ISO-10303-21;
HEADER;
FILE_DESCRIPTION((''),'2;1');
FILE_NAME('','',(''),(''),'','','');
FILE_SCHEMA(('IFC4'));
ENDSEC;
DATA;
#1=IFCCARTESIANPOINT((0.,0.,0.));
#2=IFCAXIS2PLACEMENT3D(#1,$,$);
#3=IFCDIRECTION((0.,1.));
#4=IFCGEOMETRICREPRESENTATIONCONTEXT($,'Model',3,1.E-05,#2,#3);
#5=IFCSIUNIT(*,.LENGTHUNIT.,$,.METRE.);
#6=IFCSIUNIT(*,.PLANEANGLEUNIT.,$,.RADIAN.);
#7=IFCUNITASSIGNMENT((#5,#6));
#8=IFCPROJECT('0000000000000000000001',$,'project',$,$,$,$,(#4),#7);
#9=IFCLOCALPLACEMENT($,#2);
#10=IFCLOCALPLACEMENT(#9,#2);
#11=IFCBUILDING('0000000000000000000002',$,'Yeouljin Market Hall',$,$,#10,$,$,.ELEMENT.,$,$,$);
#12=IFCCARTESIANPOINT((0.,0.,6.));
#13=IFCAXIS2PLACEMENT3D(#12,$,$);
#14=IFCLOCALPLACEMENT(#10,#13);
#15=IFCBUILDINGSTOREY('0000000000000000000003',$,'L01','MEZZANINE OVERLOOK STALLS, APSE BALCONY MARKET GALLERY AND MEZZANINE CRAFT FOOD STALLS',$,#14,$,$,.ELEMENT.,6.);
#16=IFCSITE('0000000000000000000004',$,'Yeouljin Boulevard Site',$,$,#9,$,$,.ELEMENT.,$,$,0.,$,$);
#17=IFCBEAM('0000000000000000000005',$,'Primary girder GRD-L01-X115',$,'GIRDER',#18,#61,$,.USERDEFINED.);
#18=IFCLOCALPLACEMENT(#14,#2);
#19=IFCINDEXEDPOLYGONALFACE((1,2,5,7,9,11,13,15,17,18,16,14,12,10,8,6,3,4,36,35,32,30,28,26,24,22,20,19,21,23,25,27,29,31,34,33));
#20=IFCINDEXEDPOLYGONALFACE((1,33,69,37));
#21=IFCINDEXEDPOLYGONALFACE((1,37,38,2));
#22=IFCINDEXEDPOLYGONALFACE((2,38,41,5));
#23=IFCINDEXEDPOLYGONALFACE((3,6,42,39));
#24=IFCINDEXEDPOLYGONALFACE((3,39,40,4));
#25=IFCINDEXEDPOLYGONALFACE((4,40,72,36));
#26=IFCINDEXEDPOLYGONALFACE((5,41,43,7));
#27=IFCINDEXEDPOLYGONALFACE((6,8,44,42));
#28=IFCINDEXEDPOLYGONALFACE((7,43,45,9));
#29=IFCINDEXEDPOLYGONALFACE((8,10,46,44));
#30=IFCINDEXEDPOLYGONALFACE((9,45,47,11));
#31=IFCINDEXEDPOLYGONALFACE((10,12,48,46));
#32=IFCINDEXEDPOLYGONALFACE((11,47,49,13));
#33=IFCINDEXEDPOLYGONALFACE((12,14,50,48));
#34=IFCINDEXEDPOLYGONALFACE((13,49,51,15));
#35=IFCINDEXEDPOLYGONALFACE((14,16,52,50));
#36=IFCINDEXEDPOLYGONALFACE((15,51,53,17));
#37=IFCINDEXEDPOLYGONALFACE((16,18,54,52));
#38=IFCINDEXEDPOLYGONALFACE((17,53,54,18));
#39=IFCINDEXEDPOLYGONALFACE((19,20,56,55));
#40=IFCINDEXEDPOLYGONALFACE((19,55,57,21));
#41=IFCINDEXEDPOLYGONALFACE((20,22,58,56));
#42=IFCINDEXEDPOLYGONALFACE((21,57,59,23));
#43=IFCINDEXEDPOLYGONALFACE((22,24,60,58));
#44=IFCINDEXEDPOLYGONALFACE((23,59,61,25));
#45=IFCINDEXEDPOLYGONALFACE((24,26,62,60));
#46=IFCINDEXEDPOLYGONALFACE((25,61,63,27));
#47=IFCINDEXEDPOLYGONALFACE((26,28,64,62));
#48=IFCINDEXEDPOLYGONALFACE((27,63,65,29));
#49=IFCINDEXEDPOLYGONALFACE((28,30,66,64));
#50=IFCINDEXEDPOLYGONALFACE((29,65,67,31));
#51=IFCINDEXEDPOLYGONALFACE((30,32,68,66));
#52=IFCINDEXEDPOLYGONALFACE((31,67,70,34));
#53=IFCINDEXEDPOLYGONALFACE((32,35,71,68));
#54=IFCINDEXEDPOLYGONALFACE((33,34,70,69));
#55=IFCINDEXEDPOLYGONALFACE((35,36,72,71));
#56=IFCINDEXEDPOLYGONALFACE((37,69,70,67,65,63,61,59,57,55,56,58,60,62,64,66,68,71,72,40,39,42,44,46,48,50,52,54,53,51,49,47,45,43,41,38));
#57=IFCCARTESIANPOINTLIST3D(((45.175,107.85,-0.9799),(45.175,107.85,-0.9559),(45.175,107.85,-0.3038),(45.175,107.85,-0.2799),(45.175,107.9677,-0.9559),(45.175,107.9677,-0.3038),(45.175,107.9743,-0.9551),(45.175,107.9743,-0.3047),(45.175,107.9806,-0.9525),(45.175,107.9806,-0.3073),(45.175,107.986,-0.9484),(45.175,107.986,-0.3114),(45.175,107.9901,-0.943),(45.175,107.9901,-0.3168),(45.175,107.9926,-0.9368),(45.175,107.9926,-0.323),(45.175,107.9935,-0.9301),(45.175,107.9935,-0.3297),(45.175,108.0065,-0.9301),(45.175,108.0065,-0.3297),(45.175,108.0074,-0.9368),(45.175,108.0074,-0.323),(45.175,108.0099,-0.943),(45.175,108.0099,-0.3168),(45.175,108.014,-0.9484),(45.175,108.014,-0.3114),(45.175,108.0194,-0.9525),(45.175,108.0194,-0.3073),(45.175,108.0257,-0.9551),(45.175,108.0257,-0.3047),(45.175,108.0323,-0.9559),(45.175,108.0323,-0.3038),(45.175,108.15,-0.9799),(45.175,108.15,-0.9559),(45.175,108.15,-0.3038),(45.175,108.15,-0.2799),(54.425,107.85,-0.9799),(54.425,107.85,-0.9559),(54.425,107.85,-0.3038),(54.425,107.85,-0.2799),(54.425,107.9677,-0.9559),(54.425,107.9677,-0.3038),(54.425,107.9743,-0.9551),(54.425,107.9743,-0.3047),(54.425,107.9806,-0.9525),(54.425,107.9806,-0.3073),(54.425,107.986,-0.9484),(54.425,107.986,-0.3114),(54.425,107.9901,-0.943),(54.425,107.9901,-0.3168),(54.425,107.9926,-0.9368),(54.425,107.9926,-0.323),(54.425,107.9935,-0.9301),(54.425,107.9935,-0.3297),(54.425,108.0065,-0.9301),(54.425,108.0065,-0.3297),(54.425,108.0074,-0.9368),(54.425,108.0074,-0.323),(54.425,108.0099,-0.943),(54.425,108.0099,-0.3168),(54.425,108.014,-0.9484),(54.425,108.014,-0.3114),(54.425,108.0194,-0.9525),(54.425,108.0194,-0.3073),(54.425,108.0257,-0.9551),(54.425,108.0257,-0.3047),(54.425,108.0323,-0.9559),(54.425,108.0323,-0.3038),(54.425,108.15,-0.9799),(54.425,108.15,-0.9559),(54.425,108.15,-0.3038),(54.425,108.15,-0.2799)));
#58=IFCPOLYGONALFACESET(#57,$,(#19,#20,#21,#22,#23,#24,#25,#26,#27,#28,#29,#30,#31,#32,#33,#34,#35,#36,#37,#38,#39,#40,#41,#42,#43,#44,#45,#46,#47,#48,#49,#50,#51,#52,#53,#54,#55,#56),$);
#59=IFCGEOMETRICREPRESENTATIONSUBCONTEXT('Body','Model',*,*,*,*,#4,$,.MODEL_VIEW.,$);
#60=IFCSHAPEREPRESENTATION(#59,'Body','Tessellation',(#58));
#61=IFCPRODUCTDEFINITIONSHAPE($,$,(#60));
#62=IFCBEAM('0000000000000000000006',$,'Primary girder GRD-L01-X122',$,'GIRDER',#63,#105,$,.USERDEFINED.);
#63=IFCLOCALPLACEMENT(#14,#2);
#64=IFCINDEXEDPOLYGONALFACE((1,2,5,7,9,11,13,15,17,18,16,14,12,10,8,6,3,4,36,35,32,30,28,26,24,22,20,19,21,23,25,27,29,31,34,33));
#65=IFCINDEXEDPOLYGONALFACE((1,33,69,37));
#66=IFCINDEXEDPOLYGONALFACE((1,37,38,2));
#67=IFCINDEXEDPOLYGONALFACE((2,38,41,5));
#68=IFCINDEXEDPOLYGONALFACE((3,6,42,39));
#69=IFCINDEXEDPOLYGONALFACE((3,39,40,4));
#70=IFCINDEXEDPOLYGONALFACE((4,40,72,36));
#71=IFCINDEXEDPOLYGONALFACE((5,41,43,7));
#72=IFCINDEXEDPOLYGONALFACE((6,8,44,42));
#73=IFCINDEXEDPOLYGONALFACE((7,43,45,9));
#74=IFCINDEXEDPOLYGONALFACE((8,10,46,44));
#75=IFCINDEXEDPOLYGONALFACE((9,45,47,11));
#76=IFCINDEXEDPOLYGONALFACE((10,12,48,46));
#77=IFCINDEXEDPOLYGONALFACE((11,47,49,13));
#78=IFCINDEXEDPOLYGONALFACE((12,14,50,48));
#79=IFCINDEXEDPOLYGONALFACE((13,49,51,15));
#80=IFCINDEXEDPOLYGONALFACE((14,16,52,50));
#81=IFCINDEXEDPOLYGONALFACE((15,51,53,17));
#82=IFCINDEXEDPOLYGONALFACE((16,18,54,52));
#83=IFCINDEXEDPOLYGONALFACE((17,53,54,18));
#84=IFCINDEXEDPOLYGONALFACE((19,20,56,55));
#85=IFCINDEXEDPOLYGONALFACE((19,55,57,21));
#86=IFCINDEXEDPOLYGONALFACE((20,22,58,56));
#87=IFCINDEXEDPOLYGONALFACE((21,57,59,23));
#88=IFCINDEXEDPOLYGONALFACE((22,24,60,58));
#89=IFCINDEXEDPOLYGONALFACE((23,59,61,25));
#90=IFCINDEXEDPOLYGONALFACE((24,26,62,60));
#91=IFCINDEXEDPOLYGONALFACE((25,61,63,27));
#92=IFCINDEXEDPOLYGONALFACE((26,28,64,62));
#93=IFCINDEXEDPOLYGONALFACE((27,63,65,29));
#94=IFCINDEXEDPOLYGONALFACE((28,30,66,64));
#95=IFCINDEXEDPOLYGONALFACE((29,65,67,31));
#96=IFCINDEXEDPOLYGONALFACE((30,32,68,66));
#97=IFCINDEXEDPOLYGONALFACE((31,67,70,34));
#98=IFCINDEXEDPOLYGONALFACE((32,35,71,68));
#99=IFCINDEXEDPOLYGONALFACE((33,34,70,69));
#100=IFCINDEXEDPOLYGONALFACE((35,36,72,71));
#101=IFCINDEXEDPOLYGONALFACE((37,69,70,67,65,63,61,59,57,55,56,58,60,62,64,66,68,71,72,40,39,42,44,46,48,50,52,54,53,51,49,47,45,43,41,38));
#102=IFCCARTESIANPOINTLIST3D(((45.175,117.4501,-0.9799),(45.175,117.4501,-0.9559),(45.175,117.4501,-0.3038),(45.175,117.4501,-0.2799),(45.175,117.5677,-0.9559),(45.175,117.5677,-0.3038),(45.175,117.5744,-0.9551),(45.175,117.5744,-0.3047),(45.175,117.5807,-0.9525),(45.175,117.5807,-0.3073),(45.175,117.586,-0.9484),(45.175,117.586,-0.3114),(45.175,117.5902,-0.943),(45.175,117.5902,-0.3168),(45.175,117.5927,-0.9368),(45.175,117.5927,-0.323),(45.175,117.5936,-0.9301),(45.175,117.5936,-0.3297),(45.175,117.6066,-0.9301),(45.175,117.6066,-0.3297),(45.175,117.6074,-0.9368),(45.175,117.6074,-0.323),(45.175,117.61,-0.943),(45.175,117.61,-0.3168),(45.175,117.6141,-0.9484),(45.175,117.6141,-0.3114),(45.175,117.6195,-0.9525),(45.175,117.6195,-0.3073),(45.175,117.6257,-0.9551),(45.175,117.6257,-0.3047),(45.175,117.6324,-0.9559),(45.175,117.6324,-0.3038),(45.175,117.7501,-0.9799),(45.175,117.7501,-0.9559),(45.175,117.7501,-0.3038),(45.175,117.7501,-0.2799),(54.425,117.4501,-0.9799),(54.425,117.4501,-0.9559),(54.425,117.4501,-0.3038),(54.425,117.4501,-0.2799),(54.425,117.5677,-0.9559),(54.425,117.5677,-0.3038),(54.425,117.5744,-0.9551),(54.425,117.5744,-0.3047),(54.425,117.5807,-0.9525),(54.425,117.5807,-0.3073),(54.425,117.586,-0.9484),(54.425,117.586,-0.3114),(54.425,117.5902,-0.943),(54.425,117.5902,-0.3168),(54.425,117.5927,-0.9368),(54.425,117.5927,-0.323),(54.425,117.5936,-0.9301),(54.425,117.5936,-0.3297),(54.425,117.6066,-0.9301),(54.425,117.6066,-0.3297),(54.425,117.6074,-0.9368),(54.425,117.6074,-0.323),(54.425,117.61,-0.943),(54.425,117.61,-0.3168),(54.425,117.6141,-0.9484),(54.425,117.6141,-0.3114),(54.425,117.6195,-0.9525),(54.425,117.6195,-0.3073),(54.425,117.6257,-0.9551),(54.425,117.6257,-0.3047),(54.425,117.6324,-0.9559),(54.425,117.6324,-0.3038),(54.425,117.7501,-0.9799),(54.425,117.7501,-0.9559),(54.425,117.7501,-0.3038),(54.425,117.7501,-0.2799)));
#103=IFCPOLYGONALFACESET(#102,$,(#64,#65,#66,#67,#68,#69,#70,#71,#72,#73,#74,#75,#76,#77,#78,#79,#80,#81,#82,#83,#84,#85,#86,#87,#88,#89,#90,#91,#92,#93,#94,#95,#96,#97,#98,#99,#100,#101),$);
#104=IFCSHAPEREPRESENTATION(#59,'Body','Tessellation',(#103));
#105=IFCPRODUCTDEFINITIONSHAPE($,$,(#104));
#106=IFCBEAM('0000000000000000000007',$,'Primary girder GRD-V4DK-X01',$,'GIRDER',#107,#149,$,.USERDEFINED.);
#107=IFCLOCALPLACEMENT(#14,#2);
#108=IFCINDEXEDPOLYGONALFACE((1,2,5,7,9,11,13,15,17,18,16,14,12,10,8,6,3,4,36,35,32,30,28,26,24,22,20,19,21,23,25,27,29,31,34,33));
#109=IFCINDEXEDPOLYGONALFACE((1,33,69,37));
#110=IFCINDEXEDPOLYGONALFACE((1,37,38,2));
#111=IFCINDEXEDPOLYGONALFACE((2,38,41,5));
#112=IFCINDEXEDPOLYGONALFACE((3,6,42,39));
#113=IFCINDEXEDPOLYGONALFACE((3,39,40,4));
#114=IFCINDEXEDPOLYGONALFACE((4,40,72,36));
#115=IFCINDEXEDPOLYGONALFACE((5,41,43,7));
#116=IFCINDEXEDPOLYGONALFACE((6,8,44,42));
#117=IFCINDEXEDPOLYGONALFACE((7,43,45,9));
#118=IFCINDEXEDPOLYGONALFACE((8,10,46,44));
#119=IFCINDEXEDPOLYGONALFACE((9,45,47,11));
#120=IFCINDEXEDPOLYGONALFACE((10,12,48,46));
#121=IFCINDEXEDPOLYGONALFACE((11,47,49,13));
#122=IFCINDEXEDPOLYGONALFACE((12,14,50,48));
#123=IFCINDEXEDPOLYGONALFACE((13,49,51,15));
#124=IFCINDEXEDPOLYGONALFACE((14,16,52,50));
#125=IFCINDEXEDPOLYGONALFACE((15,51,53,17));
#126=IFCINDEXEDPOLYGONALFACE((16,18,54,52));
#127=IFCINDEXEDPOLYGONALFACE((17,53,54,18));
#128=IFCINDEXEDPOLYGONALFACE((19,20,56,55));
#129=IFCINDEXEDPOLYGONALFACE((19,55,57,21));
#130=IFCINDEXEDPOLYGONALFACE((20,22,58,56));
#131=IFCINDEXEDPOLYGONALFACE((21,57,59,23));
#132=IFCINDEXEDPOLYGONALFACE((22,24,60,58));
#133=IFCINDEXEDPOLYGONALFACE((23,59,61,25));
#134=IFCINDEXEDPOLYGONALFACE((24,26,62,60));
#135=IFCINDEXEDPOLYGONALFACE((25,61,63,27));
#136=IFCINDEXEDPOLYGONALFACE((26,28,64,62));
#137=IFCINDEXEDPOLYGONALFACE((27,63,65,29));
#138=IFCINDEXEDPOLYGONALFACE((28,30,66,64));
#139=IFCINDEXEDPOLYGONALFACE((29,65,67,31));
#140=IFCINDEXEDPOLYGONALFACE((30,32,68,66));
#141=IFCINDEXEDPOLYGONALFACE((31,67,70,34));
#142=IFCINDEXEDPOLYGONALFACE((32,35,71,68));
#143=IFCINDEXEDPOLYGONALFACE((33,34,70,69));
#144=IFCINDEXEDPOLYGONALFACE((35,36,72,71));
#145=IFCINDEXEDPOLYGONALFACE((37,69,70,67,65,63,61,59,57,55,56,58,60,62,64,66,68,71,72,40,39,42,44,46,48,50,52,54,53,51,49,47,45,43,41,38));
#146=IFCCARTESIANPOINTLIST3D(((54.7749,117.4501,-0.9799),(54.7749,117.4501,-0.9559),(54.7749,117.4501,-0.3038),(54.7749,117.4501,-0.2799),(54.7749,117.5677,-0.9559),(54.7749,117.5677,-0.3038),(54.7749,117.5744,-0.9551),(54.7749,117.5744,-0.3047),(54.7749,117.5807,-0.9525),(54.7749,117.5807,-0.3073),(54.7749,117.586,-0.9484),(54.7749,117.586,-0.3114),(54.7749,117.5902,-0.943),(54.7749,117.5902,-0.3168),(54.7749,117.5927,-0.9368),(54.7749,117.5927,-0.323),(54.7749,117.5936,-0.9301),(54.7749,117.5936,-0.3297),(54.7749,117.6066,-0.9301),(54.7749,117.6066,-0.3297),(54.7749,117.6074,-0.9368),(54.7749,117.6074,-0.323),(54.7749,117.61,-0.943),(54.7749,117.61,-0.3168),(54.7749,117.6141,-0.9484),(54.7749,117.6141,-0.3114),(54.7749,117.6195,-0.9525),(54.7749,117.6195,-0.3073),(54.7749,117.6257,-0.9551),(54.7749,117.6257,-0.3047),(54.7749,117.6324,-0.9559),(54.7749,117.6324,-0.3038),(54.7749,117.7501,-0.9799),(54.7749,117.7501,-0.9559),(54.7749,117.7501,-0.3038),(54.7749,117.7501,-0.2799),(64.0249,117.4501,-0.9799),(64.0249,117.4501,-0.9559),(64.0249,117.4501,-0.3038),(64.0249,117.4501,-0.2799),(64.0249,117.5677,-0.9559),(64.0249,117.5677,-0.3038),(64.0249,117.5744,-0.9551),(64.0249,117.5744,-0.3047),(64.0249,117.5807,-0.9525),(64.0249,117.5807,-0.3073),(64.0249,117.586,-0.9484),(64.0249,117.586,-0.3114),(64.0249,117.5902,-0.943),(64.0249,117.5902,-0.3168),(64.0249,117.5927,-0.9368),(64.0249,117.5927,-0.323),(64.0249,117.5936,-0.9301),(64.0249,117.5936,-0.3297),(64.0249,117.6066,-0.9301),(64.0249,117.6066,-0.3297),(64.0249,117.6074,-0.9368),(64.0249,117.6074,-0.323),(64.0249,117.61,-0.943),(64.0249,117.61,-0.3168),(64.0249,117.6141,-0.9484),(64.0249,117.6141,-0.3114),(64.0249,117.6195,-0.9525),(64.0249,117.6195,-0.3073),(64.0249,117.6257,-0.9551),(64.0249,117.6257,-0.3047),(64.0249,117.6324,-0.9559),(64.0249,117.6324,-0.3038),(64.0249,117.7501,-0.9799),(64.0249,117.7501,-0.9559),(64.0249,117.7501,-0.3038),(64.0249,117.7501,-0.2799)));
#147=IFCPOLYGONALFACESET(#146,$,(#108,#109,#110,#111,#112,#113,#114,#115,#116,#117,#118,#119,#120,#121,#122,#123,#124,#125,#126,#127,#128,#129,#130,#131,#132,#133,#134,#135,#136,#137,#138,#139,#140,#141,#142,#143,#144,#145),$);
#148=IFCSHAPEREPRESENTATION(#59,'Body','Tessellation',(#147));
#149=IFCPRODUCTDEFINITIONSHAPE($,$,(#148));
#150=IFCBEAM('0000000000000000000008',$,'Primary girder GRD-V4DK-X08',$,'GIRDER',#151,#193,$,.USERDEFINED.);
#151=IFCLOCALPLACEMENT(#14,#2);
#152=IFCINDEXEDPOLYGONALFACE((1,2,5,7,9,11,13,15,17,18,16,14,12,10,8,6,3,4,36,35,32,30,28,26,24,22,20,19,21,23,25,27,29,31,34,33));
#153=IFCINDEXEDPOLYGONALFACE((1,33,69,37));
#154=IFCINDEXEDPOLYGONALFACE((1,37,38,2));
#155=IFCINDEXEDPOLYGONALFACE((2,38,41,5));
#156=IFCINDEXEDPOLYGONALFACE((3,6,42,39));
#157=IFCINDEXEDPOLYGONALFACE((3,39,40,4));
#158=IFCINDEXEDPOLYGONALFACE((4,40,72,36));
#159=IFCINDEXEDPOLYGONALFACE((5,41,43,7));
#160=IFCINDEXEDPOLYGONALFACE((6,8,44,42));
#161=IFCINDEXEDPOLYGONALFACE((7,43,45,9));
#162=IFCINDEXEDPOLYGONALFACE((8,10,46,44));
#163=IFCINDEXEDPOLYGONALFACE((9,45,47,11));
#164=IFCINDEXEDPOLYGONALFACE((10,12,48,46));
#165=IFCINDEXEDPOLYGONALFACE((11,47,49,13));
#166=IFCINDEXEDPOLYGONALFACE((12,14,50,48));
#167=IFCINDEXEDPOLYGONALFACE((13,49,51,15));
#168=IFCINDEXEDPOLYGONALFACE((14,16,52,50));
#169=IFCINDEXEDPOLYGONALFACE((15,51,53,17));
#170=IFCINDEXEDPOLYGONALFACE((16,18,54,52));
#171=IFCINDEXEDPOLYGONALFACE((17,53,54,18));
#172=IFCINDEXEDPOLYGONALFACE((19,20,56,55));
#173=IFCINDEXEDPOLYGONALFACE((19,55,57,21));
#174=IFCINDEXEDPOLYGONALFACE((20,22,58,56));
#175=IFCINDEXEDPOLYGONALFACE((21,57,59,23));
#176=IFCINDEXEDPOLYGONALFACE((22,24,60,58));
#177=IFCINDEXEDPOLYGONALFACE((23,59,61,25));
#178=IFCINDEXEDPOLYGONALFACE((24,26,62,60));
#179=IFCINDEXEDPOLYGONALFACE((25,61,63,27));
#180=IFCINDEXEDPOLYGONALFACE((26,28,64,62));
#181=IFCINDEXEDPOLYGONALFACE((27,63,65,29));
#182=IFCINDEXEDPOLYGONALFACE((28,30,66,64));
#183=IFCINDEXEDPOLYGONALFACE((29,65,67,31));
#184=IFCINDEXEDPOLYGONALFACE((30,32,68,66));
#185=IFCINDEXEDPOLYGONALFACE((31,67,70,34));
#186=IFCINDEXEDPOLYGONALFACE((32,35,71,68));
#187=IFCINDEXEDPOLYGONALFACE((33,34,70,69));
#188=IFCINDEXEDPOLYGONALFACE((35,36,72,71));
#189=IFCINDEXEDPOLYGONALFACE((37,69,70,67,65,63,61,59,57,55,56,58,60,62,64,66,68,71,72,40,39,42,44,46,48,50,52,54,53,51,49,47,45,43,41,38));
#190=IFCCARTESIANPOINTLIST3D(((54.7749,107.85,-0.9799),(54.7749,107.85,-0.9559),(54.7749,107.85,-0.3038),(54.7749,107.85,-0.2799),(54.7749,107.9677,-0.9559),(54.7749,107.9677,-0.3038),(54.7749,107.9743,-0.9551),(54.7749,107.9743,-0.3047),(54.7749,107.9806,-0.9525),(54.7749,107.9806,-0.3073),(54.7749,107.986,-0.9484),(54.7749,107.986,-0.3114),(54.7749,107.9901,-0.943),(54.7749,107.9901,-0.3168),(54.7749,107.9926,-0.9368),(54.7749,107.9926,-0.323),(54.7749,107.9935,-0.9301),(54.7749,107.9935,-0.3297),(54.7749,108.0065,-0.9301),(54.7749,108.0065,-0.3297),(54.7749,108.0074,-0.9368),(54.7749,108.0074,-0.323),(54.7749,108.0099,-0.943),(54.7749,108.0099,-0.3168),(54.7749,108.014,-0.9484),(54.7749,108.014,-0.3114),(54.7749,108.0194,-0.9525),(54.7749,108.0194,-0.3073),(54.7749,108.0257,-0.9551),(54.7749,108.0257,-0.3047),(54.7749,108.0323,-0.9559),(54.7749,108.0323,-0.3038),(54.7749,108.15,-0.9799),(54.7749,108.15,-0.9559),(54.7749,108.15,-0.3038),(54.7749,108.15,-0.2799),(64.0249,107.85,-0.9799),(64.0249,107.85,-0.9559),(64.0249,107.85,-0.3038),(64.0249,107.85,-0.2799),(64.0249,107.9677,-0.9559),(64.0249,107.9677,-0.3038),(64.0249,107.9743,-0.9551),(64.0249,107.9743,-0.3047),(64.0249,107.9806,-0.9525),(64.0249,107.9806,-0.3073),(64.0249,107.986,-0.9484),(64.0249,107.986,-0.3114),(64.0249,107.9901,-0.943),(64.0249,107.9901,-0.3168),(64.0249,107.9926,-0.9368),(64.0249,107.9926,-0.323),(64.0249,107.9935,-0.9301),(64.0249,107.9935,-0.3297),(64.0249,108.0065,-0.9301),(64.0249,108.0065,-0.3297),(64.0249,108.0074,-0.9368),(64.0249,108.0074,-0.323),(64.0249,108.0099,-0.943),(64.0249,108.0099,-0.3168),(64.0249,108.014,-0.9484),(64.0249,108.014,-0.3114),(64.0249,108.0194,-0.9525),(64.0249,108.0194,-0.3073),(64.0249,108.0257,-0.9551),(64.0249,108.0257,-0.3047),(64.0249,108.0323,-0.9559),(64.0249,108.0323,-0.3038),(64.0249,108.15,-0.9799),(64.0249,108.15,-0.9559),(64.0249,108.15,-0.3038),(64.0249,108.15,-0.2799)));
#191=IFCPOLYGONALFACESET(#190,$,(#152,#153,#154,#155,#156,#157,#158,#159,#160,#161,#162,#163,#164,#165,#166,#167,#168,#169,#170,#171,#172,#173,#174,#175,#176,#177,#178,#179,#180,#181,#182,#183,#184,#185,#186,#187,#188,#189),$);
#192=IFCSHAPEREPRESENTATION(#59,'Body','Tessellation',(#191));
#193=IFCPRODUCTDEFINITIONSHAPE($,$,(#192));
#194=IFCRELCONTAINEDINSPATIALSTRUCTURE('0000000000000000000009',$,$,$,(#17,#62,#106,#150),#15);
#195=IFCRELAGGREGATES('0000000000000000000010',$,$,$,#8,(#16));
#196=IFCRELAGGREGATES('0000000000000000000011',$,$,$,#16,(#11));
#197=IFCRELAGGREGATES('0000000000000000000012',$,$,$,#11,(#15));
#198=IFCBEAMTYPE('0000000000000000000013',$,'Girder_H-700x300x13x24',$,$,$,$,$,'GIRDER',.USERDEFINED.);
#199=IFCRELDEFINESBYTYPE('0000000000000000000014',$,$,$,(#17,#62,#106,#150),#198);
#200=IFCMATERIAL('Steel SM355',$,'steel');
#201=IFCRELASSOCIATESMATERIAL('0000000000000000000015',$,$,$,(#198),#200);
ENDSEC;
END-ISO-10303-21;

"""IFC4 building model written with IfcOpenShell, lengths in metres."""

from ifc_helpers import new_model, si_unit, direction, frame, origin, origin_2d, place, context, subcontext, project, spatial, i_section, extrude, material, material_profile, profile_set, type_object, element, save


model = new_model("IFC4")

# Units and contexts
model_context = context("Model", 3, precision=1e-05, world=origin(), true_north=direction((0.0, 1.0)))
body_context = subcontext(model_context, "Body", "Model", "MODEL_VIEW")
ifc_project = project(units=[si_unit("LENGTHUNIT", "METRE"), si_unit("PLANEANGLEUNIT", "RADIAN")], contexts=[model_context])

# Site, building, storey
site_placement = place(None, origin())
site = spatial("IfcSite", under=ifc_project, at=site_placement, Name="Yeouljin Boulevard Site", CompositionType="ELEMENT", RefElevation=0.0)
building_placement = place(site_placement, origin())
building = spatial("IfcBuilding", under=site, at=building_placement, Name="Yeouljin Market Hall", CompositionType="ELEMENT")
storey_placement = place(building_placement, frame((0.0, 0.0, 6.0)))
storey = spatial("IfcBuildingStorey", under=building, at=storey_placement, Name="L01", Description="MEZZANINE OVERLOOK STALLS, APSE BALCONY MARKET GALLERY AND MEZZANINE CRAFT FOOD STALLS", CompositionType="ELEMENT", Elevation=6.0)

# Beams
ifc_material_1 = material(Name="Steel SM355", Category="steel")
ifc_material_profile_1 = material_profile(ifc_material_1, i_section(OverallWidth=0.3, OverallDepth=0.7, WebThickness=0.0129, FlangeThickness=0.0239, FilletRadius=0.0259, at=origin_2d()), Name="H-700x300x13x24")
ifc_profile_set_1 = profile_set([ifc_material_profile_1], Name="Steel SM355")
beam_type_1 = type_object("IfcBeamType", Name="Girder_H-700x300x13x24", ElementType="GIRDER", PredefinedType="USERDEFINED", material=ifc_profile_set_1)
for number, where, z_axis, x_axis, name in (
    (1, (45.175, 108.0, -0.6299), (1.0, 0.0, 0.0), (0.0, 1.0, 0.0), "Primary girder GRD-L01-X115"),
    (2, (45.175, 117.6001, -0.6299), (1.0, 0.0, 0.0), (0.0, 1.0, 0.0), "Primary girder GRD-L01-X122"),
    (3, (54.7749, 117.6001, -0.6299), (1.0, 0.0, 0.0), (0.0, 1.0, 0.0), "Primary girder GRD-V4DK-X01"),
    (4, (54.7749, 108.0, -0.6299), (1.0, 0.0, 0.0), (0.0, 1.0, 0.0), "Primary girder GRD-V4DK-X08"),
):
    element("IfcBeam", number, at=place(storey_placement, frame(where, z_axis=z_axis, x_axis=x_axis)), inside=storey, type_object=beam_type_1, Name=name, ObjectType="GIRDER", PredefinedType="USERDEFINED", context=body_context, shape_type="SweptSolid", body=[
        extrude(i_section(OverallWidth=0.3, OverallDepth=0.7, WebThickness=0.0129, FlangeThickness=0.0239, FilletRadius=0.0259, at=origin_2d()), origin(), (0.0, 0.0, 1.0), 9.25),
    ])

save(model, "model.ifc")
